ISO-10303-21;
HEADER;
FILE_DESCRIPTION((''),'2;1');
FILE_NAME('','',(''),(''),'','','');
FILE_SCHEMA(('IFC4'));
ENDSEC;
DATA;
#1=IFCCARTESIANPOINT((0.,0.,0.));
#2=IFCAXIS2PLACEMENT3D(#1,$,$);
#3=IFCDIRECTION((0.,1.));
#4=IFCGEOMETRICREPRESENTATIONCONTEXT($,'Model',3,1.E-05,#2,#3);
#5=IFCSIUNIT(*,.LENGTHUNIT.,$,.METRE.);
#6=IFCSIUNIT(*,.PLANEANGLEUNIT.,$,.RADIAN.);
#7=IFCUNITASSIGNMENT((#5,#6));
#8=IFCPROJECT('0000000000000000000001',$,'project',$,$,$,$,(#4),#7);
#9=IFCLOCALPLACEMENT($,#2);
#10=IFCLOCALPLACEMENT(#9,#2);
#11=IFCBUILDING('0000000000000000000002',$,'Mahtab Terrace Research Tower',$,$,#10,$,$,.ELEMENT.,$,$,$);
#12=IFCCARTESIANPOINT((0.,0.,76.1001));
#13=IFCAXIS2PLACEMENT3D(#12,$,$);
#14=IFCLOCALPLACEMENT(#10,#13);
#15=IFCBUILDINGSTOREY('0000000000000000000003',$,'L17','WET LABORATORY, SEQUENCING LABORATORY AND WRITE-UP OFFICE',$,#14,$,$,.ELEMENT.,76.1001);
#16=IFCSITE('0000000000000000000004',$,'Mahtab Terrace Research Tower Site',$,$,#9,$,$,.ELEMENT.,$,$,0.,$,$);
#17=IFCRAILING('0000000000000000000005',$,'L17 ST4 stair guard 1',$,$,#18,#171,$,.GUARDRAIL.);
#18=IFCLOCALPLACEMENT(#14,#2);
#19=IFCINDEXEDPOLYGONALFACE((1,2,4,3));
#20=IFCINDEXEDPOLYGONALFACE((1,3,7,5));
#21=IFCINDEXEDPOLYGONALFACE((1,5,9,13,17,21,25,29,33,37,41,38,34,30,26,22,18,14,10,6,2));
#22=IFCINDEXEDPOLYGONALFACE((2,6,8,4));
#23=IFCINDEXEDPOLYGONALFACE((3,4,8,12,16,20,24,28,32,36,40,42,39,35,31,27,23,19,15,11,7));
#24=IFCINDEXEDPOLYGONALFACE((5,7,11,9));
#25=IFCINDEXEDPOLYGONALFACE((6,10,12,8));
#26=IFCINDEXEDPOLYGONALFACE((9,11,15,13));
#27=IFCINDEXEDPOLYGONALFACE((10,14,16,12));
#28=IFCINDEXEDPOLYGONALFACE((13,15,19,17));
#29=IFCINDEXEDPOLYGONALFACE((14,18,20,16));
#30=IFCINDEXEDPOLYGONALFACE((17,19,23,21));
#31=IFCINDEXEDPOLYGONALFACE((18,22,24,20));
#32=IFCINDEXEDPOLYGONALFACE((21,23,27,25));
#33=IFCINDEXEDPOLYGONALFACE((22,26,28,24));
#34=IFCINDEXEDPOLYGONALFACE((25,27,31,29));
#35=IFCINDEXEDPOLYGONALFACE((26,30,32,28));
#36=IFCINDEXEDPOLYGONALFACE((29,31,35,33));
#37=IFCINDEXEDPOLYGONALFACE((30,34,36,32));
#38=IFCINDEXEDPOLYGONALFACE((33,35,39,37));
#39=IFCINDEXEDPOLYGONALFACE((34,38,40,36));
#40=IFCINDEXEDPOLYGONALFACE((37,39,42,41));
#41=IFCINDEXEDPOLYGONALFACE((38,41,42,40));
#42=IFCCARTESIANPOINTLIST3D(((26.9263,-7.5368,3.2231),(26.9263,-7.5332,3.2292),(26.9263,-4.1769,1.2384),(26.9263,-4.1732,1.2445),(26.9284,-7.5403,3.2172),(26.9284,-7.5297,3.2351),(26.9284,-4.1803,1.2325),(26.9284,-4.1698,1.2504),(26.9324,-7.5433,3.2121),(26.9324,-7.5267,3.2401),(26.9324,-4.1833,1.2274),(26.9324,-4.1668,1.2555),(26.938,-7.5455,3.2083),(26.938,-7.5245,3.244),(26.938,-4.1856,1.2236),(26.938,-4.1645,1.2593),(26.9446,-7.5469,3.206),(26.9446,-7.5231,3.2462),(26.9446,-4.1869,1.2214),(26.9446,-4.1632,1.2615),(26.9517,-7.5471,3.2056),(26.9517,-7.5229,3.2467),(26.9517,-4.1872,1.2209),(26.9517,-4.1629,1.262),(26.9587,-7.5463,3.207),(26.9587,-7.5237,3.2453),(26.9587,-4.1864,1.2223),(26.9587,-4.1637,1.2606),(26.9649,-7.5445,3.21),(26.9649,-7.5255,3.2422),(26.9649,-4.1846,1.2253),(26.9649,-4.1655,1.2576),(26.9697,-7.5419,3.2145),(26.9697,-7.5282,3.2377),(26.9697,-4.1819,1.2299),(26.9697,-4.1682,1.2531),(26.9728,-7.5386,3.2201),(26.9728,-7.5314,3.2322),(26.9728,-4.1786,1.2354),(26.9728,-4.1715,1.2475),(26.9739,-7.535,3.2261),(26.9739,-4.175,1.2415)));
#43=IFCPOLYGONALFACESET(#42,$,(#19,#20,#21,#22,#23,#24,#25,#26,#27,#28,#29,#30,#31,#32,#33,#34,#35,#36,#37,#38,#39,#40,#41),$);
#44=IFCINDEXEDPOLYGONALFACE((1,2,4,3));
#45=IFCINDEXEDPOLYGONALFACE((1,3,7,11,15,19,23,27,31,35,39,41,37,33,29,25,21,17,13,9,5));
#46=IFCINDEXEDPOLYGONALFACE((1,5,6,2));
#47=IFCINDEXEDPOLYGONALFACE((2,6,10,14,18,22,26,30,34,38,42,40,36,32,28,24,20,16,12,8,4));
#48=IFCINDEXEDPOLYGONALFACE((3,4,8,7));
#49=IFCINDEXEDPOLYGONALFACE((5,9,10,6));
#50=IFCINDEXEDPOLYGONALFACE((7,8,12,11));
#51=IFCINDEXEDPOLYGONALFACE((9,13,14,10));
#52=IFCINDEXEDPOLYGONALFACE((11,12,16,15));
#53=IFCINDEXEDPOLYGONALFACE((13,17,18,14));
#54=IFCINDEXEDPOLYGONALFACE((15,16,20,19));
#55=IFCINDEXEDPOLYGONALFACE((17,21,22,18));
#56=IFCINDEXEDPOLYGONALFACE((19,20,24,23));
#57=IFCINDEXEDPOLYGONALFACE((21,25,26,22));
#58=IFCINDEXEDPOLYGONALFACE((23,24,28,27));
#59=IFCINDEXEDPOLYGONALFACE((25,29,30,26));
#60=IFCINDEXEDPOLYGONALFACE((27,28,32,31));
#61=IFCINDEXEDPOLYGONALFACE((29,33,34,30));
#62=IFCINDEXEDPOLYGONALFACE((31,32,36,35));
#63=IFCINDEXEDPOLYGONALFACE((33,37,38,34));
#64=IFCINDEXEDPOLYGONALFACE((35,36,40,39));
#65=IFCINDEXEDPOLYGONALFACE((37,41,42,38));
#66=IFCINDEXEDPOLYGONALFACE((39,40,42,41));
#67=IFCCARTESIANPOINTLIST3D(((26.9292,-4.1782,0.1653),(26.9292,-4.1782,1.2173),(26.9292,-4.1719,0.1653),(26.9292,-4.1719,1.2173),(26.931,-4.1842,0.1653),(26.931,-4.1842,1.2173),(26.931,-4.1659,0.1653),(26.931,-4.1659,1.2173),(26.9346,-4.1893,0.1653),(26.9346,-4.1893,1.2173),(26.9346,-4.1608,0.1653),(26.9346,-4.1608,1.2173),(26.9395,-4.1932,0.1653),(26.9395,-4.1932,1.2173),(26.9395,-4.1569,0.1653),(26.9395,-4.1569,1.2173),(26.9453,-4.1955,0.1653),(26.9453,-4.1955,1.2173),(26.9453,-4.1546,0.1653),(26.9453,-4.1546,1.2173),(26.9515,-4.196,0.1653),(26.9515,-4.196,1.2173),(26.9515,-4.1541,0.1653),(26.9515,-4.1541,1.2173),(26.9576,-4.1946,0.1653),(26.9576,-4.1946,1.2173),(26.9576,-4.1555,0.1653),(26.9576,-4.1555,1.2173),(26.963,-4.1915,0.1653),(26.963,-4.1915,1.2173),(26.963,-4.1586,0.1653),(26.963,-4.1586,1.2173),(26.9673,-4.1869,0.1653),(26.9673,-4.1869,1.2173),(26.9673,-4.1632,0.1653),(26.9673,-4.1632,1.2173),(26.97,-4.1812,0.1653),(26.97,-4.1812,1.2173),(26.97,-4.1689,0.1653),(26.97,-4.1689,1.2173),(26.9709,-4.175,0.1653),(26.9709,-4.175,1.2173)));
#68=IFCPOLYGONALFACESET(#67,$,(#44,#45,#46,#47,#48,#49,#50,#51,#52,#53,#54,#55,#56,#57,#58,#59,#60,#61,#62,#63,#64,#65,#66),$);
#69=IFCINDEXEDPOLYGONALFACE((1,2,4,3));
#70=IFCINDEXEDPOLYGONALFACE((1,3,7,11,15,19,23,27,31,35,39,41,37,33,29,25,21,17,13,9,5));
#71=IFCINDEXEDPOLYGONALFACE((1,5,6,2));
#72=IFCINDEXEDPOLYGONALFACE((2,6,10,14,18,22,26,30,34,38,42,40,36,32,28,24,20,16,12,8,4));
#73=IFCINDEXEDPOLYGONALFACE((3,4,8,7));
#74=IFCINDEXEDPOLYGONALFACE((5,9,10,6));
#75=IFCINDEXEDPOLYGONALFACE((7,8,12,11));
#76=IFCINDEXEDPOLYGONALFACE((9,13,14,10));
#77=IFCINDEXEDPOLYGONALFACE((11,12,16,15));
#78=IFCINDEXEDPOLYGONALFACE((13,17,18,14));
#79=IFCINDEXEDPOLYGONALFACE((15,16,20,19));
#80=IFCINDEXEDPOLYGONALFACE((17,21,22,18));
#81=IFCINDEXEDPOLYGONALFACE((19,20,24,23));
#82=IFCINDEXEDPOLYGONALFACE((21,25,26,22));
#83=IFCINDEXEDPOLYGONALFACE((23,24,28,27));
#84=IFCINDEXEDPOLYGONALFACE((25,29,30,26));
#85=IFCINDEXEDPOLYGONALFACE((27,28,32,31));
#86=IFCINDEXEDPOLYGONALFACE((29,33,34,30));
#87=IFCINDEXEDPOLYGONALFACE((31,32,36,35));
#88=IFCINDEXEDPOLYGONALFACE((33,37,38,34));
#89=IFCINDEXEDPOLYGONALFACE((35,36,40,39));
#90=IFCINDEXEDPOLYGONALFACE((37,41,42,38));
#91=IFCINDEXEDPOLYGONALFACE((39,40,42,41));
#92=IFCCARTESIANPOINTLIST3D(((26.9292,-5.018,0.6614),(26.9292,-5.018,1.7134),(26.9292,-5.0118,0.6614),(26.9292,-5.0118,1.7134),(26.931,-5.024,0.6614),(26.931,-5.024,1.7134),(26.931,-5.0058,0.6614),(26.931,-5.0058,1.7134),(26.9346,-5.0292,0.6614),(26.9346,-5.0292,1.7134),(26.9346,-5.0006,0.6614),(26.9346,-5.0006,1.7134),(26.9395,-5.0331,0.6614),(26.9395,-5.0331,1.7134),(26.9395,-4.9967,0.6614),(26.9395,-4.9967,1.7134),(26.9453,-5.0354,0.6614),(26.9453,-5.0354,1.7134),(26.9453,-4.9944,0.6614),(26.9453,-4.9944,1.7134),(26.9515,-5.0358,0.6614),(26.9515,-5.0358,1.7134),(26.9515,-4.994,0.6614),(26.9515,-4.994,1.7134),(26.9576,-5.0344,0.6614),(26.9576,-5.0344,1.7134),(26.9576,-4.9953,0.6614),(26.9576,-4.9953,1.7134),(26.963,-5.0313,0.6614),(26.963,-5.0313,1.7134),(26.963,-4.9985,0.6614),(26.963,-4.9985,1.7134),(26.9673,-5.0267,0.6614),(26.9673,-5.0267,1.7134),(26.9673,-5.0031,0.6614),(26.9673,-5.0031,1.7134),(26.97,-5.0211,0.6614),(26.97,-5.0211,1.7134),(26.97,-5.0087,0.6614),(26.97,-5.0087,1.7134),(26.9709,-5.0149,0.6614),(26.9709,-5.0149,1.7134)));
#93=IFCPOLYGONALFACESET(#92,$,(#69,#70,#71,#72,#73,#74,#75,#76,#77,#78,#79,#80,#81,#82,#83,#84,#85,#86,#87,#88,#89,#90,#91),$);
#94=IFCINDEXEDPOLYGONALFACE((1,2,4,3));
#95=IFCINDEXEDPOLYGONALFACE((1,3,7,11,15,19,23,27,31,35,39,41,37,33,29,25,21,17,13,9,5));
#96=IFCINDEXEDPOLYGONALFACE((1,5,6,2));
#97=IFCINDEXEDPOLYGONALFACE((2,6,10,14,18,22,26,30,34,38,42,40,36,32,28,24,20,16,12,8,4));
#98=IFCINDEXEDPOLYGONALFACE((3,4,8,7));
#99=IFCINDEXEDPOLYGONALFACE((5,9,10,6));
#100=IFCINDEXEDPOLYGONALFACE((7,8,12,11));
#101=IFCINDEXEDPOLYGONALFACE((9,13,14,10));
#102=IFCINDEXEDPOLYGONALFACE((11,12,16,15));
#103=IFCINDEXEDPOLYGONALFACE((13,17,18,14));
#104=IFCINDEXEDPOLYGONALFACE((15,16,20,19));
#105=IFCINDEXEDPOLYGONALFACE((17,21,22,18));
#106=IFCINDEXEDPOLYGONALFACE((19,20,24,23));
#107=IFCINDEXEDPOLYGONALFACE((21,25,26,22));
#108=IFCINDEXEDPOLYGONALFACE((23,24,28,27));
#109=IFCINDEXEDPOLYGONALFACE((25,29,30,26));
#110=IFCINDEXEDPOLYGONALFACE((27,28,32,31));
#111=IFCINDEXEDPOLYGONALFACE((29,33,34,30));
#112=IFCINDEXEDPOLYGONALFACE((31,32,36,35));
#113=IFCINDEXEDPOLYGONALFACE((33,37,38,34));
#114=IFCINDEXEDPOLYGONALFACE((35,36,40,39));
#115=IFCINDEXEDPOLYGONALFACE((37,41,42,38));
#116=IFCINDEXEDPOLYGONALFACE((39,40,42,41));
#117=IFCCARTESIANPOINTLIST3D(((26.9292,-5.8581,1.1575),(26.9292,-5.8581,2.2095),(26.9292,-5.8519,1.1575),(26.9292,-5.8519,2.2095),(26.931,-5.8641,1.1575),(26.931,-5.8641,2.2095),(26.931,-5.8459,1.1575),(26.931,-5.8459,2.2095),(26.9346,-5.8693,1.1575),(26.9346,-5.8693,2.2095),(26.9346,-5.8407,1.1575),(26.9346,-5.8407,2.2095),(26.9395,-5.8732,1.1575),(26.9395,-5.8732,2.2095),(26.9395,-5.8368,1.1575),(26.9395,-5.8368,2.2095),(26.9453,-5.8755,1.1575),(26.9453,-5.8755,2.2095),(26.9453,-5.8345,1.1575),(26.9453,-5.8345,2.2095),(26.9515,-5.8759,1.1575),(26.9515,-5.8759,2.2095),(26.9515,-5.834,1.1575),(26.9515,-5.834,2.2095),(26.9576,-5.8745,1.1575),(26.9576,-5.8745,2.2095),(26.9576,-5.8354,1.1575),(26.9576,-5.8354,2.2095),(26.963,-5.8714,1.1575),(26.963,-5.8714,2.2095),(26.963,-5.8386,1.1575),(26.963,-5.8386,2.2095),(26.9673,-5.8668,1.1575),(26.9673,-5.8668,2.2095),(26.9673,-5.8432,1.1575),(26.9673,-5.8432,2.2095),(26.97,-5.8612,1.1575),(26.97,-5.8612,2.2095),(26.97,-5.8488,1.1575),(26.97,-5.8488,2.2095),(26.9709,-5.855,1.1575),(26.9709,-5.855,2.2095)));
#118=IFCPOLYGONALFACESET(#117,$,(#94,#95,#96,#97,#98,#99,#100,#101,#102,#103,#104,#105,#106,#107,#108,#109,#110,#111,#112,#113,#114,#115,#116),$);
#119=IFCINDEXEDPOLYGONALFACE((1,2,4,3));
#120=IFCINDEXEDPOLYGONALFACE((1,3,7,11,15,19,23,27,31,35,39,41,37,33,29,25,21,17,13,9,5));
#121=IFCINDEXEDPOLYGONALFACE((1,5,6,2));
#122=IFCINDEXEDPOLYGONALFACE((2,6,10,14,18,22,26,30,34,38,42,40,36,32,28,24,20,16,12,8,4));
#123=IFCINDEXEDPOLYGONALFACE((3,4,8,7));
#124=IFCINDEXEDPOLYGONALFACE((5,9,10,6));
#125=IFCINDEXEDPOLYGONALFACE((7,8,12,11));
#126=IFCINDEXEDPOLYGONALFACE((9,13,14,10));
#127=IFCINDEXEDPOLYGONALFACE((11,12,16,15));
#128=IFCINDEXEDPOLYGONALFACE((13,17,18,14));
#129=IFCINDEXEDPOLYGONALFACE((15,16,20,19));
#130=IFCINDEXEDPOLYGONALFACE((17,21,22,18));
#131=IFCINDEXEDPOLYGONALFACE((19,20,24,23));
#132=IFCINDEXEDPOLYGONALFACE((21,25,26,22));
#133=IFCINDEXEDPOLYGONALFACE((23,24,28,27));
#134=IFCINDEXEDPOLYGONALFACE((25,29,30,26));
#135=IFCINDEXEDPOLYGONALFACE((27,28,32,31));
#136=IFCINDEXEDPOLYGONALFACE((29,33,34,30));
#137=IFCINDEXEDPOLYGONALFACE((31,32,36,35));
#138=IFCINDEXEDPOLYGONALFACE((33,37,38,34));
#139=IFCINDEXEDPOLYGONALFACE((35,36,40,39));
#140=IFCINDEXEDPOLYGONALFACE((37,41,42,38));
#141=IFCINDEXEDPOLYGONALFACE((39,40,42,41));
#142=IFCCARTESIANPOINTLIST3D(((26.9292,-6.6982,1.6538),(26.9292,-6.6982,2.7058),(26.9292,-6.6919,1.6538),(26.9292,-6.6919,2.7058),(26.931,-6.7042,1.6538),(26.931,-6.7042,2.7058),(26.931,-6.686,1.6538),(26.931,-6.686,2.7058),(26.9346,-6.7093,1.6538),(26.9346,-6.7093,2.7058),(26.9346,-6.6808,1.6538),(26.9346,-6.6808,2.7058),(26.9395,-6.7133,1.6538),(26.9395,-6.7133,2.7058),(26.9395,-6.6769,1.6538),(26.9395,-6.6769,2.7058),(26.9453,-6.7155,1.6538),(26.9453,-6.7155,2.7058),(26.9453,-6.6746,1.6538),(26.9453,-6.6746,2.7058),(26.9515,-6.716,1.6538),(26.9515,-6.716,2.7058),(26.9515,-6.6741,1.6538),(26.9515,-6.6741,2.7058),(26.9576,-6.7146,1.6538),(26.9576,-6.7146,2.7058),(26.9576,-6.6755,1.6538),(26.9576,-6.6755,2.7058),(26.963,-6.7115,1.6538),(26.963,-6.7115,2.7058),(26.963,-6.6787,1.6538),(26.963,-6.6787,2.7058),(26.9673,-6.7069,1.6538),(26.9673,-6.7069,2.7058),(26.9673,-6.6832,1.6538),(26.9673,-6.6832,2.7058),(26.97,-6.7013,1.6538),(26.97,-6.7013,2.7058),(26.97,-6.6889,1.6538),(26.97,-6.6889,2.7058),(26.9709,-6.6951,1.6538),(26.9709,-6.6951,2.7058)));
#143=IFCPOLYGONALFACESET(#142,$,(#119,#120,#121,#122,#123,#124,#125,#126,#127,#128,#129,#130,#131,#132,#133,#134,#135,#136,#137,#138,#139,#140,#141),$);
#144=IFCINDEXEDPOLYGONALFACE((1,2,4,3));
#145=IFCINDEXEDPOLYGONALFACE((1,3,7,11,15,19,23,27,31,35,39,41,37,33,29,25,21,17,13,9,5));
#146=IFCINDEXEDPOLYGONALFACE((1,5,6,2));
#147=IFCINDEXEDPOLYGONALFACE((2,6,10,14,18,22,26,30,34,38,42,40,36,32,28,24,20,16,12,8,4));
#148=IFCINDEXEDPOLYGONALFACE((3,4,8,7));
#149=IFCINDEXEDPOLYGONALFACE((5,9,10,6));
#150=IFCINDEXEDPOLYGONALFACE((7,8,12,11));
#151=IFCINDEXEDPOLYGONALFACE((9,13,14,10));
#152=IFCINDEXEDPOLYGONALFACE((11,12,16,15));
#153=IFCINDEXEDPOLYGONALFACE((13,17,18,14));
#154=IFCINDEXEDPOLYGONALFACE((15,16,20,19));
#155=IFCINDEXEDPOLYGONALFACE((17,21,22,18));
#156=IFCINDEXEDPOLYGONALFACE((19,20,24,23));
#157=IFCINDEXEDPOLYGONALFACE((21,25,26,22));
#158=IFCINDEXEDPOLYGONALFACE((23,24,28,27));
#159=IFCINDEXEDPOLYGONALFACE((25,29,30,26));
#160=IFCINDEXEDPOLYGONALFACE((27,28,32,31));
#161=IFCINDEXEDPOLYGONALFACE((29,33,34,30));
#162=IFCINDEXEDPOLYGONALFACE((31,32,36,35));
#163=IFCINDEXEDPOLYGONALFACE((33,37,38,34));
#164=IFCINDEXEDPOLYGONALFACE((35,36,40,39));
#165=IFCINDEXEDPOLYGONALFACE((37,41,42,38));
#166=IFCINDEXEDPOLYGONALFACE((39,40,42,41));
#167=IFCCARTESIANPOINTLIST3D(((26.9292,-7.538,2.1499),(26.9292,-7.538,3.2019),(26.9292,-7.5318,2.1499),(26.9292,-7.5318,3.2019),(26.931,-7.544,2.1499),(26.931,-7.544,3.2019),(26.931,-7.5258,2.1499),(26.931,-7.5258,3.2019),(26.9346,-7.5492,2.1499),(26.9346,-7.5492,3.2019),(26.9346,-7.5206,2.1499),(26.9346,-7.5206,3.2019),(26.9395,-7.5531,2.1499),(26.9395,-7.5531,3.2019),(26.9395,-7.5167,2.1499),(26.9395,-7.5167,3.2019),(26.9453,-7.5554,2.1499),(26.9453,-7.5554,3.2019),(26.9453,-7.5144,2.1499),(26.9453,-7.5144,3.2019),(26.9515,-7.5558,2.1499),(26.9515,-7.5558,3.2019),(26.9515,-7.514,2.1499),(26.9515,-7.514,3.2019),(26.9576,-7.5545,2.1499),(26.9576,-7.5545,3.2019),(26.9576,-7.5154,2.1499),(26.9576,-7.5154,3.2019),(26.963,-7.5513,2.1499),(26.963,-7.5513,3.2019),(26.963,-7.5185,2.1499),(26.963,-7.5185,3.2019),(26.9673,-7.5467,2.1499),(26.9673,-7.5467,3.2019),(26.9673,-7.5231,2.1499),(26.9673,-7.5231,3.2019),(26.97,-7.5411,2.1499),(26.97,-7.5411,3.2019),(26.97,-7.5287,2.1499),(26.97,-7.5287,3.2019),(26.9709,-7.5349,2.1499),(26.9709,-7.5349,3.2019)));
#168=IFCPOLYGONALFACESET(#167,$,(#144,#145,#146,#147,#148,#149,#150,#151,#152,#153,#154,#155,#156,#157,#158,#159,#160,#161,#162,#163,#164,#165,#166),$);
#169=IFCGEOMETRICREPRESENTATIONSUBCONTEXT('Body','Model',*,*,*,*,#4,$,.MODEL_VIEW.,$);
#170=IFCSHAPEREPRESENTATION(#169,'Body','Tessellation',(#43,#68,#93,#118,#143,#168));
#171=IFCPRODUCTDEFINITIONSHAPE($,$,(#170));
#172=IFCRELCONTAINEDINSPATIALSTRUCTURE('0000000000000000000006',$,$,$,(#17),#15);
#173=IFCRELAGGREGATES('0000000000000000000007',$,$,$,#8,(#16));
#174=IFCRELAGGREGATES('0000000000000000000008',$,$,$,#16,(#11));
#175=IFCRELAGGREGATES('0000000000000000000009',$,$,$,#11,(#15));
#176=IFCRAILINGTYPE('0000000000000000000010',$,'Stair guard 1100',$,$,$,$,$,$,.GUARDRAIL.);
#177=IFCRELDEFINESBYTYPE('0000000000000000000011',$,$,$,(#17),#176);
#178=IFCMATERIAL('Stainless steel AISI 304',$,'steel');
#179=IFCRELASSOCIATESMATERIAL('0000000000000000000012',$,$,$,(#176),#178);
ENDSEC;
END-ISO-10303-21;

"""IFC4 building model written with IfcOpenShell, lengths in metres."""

from ifc_helpers import new_model, si_unit, direction, frame, origin, origin_2d, place, context, subcontext, project, spatial, circle, extrude, material, type_object, element, save


model = new_model("IFC4")

# Units and contexts
model_context = context("Model", 3, precision=1e-05, world=origin(), true_north=direction((0.0, 1.0)))
body_context = subcontext(model_context, "Body", "Model", "MODEL_VIEW")
ifc_project = project(units=[si_unit("LENGTHUNIT", "METRE"), si_unit("PLANEANGLEUNIT", "RADIAN")], contexts=[model_context])

# Site, building, storey
site_placement = place(None, origin())
site = spatial("IfcSite", under=ifc_project, at=site_placement, Name="Mahtab Terrace Research Tower Site", CompositionType="ELEMENT", RefElevation=0.0)
building_placement = place(site_placement, origin())
building = spatial("IfcBuilding", under=site, at=building_placement, Name="Mahtab Terrace Research Tower", CompositionType="ELEMENT")
storey_placement = place(building_placement, frame((0.0, 0.0, 76.1001)))
storey = spatial("IfcBuildingStorey", under=building, at=storey_placement, Name="L17", Description="WET LABORATORY, SEQUENCING LABORATORY AND WRITE-UP OFFICE", CompositionType="ELEMENT", Elevation=76.1001)

# Shared definitions
ifc_material_1 = material(Name="Stainless steel AISI 304", Category="steel")

# Railing
railing_type_1 = type_object("IfcRailingType", Name="Stair guard 1100", PredefinedType="GUARDRAIL", material=ifc_material_1)
railing_1_placement = place(storey_placement, frame((26.95, -4.175, 0.1653)))
element("IfcRailing", 1, at=railing_1_placement, inside=storey, type_object=railing_type_1, Name="L17 ST4 stair guard 1", PredefinedType="GUARDRAIL", context=body_context, shape_type="SweptSolid", body=[
    extrude(circle(Radius=0.0239, at=origin_2d()), frame((0.0, 0.0, 1.0762), z_axis=(0.0, -0.861011, 0.508586), x_axis=(1.0, 0.0, 0.0)), (0.0, 0.0, 1.0), 3.9023),
    extrude(circle(Radius=0.021, at=origin_2d()), origin(), (0.0, 0.0, 1.0), 1.052),
    extrude(circle(Radius=0.021, at=origin_2d()), frame((0.0, -0.8398, 0.4961)), (0.0, 0.0, 1.0), 1.052),
    extrude(circle(Radius=0.021, at=origin_2d()), frame((0.0, -1.6799, 0.9922)), (0.0, 0.0, 1.0), 1.052),
    extrude(circle(Radius=0.021, at=origin_2d()), frame((0.0, -2.52, 1.4885)), (0.0, 0.0, 1.0), 1.052),
    extrude(circle(Radius=0.021, at=origin_2d()), frame((0.0, -3.3599, 1.9846)), (0.0, 0.0, 1.0), 1.052),
])

save(model, "model.ifc")
